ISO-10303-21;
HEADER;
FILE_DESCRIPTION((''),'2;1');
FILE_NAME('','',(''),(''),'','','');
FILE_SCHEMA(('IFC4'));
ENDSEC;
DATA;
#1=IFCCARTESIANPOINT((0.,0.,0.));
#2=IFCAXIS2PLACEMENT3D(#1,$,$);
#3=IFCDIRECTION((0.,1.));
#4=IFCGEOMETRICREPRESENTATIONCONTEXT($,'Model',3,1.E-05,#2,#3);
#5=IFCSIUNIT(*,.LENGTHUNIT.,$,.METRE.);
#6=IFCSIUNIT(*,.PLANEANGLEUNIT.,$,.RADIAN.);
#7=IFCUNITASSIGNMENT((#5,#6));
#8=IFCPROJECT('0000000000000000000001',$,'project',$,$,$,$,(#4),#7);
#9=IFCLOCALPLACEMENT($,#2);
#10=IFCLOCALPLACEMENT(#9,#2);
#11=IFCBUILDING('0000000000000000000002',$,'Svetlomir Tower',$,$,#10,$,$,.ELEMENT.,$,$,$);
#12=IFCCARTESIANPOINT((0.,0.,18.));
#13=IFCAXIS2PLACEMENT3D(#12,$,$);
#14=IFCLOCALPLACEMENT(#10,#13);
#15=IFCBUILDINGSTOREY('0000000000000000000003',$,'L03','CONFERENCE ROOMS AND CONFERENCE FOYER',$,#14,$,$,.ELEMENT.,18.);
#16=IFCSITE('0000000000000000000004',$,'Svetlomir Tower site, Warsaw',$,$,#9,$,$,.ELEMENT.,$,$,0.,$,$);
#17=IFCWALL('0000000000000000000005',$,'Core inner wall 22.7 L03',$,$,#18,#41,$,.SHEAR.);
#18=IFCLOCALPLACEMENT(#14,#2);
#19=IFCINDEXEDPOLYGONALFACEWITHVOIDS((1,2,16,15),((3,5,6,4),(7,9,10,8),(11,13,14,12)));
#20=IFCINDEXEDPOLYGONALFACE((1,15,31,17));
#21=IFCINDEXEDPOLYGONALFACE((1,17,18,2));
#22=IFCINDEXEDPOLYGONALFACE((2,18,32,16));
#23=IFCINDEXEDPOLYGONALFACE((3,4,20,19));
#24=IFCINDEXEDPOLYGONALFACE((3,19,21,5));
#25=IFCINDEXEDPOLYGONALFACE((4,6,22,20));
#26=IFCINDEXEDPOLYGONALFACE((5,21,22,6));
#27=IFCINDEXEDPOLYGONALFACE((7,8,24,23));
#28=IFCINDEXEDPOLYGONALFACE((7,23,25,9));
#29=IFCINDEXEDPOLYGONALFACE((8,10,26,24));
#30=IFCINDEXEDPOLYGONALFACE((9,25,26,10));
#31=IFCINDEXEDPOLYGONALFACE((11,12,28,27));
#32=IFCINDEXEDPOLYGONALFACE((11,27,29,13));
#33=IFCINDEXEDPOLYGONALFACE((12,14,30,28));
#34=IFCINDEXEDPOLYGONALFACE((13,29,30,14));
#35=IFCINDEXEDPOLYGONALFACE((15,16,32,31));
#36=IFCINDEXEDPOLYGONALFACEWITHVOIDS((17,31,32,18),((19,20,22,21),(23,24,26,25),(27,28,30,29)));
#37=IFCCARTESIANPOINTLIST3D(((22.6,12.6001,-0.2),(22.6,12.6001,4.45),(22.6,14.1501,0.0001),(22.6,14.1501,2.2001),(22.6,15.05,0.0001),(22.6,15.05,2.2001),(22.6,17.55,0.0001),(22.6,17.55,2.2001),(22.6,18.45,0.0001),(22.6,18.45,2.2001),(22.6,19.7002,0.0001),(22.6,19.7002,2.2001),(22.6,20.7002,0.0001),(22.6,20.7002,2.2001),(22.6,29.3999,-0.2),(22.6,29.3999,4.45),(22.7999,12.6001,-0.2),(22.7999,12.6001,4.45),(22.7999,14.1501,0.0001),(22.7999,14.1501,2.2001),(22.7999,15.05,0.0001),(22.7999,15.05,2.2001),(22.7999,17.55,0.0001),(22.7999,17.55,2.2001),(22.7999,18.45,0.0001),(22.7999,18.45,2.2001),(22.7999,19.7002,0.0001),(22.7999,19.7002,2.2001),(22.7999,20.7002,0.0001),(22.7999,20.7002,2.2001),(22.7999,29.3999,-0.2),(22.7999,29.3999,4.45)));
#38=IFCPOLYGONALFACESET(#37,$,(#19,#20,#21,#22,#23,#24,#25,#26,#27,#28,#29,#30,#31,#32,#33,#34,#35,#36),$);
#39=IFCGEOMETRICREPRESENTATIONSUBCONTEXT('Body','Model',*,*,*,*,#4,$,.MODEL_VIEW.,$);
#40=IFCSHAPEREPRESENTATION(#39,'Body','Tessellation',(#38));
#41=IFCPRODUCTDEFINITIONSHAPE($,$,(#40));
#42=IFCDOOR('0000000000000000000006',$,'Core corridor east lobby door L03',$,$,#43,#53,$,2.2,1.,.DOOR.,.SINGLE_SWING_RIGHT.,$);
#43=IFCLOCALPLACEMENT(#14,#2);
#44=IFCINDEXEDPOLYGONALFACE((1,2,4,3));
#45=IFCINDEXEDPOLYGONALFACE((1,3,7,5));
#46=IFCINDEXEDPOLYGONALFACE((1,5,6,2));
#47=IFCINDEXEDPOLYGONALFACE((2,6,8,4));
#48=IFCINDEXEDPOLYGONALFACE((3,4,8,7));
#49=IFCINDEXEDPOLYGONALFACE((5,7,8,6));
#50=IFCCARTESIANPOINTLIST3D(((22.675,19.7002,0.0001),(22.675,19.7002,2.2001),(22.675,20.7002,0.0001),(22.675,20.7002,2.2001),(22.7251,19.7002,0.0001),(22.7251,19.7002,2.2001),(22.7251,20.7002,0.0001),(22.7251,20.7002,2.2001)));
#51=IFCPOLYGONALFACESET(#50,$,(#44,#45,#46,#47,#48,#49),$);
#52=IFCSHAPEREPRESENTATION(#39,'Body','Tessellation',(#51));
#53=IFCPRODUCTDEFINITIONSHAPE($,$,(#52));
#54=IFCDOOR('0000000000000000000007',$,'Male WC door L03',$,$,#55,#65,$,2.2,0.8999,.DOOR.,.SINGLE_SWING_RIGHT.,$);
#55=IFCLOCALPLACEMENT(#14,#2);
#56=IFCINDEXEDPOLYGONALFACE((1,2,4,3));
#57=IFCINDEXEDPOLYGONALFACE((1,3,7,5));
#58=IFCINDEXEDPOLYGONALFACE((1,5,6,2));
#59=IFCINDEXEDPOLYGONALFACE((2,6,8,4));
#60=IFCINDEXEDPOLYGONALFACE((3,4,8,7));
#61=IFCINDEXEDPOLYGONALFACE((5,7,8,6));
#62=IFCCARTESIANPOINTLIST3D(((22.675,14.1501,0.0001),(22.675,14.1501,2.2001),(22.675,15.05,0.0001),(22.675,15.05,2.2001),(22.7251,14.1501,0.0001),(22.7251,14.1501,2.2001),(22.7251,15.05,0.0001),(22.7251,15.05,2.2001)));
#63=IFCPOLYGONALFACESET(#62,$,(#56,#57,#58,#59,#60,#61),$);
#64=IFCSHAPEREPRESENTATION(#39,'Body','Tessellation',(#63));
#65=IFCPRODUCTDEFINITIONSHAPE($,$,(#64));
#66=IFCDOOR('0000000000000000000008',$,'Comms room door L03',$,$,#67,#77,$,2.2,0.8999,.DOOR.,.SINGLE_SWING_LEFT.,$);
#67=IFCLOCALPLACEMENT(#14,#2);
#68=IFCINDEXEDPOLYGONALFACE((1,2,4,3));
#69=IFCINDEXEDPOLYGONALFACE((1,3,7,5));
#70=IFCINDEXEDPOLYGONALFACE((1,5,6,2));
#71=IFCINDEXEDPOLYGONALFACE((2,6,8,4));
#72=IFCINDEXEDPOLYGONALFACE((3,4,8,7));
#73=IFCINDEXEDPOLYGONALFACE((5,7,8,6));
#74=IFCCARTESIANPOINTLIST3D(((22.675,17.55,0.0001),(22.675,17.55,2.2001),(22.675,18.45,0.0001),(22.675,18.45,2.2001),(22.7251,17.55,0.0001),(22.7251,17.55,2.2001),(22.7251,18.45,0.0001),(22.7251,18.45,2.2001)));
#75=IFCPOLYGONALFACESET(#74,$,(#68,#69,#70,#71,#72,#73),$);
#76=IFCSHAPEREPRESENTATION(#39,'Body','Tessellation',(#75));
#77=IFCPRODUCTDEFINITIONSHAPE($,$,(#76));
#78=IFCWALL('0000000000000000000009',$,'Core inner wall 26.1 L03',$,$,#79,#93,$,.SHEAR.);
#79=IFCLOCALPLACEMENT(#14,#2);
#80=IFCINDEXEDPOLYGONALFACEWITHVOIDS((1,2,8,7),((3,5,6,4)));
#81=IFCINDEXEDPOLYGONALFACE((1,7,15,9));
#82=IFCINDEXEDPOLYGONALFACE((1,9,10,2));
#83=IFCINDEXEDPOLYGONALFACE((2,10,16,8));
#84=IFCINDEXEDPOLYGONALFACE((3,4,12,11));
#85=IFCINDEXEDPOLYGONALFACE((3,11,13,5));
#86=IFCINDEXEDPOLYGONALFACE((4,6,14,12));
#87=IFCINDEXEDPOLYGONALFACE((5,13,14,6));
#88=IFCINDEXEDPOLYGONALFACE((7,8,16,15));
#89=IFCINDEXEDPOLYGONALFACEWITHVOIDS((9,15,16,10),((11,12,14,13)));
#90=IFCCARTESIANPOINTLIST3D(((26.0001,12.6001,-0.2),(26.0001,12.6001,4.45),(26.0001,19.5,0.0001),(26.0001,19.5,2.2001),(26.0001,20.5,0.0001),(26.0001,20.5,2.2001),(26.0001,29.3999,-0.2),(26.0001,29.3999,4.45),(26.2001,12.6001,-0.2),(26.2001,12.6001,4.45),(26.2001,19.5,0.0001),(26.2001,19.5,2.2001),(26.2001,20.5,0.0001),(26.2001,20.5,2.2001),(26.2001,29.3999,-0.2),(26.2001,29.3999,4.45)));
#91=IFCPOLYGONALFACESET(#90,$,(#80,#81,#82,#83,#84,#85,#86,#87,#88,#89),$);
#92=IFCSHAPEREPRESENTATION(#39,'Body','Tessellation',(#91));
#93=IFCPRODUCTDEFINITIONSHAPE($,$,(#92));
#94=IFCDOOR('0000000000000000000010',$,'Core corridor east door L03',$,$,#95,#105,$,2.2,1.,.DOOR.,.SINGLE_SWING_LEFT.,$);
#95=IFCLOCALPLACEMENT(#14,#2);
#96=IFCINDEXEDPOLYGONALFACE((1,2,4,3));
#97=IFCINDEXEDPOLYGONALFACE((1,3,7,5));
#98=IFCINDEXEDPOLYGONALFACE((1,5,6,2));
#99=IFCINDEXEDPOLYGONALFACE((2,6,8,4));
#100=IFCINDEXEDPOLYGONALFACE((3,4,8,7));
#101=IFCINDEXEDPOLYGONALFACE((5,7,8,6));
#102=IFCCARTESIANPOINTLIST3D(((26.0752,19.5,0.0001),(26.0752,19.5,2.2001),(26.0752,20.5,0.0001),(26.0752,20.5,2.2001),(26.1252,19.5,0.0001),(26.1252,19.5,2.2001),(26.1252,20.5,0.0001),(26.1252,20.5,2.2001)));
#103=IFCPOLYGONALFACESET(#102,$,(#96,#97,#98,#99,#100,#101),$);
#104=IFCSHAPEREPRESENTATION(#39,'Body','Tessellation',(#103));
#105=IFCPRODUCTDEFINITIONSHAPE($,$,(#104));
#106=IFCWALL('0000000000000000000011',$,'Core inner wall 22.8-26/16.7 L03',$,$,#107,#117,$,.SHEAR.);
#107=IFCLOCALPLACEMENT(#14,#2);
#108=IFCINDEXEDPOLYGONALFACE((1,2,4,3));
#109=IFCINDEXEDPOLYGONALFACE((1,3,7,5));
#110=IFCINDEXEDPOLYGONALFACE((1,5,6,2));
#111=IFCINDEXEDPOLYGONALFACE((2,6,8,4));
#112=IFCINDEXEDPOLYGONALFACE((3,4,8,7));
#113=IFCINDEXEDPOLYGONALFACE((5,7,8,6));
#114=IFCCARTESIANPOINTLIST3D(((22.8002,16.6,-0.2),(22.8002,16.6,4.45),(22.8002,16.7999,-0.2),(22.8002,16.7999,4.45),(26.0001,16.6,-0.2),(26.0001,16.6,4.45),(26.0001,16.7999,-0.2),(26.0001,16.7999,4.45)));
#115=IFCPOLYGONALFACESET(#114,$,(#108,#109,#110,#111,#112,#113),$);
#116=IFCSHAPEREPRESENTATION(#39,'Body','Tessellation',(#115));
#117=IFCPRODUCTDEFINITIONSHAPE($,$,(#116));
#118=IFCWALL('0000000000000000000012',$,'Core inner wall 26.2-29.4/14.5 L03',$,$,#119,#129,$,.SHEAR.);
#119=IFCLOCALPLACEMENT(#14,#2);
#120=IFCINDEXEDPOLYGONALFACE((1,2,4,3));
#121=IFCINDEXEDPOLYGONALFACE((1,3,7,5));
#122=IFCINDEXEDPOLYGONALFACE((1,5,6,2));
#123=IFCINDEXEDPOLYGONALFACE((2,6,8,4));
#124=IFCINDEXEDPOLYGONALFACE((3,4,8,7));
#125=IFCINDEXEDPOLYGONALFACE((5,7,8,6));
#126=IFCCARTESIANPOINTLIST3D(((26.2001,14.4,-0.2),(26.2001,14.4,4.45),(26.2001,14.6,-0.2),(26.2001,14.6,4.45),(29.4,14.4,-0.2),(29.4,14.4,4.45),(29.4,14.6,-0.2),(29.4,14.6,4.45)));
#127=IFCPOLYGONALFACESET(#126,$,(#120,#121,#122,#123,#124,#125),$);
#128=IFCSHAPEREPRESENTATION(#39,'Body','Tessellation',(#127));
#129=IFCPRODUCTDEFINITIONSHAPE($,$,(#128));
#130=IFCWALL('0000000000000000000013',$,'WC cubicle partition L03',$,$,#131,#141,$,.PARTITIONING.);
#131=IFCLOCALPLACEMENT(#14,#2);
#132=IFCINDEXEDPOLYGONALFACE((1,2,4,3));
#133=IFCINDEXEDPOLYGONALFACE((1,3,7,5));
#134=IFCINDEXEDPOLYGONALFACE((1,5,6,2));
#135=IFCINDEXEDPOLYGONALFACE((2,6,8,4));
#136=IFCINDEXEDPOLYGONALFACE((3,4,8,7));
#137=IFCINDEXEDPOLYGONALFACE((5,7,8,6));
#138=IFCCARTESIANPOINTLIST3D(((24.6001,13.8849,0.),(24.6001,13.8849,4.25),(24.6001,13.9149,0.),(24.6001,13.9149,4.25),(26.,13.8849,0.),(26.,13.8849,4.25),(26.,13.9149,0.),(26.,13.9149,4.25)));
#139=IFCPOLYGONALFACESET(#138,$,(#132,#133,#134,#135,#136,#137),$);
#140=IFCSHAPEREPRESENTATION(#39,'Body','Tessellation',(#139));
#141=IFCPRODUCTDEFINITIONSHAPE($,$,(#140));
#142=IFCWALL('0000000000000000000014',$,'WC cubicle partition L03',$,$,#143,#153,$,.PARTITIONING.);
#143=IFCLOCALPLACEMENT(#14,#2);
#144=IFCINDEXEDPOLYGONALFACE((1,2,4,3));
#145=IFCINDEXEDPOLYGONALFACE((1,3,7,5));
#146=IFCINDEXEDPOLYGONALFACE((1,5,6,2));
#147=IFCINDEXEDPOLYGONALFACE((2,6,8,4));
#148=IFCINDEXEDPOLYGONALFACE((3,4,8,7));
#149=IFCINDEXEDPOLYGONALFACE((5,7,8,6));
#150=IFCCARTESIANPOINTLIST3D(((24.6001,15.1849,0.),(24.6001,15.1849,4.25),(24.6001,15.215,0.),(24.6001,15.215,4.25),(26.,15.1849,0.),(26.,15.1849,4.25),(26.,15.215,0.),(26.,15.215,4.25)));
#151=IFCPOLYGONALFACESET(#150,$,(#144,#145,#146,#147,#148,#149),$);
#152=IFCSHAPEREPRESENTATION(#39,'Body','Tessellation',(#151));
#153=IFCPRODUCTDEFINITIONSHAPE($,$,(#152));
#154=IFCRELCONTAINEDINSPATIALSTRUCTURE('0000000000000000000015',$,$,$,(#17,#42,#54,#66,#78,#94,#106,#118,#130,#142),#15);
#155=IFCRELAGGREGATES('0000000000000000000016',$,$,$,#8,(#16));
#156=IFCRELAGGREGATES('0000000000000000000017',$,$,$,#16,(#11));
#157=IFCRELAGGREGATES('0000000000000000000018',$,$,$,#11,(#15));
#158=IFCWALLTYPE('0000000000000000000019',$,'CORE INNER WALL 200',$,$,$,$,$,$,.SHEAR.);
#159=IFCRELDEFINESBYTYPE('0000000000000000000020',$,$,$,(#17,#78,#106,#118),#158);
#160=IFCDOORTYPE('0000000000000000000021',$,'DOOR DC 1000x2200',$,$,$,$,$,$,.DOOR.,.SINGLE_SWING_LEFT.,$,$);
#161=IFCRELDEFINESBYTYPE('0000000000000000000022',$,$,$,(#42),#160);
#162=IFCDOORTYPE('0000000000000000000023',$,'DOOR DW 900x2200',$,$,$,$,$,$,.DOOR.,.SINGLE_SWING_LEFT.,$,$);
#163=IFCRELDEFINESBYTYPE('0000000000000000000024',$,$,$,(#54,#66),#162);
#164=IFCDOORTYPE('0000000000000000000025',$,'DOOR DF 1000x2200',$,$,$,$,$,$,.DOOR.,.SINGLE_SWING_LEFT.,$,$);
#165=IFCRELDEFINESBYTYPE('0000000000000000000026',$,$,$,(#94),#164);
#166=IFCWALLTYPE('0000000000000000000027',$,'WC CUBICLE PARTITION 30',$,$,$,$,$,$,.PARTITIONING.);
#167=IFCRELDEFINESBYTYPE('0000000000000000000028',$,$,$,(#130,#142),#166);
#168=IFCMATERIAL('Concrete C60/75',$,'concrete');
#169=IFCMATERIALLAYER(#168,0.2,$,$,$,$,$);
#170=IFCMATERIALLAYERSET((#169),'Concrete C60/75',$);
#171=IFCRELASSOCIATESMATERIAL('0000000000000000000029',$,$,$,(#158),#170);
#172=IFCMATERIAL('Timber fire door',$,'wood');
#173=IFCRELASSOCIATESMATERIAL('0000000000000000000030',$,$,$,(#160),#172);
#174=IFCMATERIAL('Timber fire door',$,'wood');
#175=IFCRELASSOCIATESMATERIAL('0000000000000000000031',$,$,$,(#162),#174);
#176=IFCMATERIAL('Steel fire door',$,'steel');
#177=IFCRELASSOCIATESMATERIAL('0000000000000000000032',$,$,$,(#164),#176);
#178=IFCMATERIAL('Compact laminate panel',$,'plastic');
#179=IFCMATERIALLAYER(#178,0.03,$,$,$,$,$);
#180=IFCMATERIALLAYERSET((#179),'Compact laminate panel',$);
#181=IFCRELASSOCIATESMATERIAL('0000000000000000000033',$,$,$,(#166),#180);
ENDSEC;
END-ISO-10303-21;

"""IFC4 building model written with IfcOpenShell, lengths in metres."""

from ifc_helpers import new_model, si_unit, direction, frame, frame_2d, origin, place, context, subcontext, project, spatial, rectangle, extrude, material, layer, layer_set, type_object, element, fill, save


model = new_model("IFC4")

# Units and contexts
model_context = context("Model", 3, precision=1e-05, world=origin(), true_north=direction((0.0, 1.0)))
body_context = subcontext(model_context, "Body", "Model", "MODEL_VIEW")
ifc_project = project(units=[si_unit("LENGTHUNIT", "METRE"), si_unit("PLANEANGLEUNIT", "RADIAN")], contexts=[model_context])

# Site, building, storey
site_placement = place(None, origin())
site = spatial("IfcSite", under=ifc_project, at=site_placement, Name="Svetlomir Tower site, Warsaw", CompositionType="ELEMENT", RefElevation=0.0)
building_placement = place(site_placement, origin())
building = spatial("IfcBuilding", under=site, at=building_placement, Name="Svetlomir Tower", CompositionType="ELEMENT")
storey_placement = place(building_placement, frame((0.0, 0.0, 18.0)))
storey = spatial("IfcBuildingStorey", under=building, at=storey_placement, Name="L03", Description="CONFERENCE ROOMS AND CONFERENCE FOYER", CompositionType="ELEMENT", Elevation=18.0)

# Wall, openings, doors
ifc_material_1 = material(Name="Concrete C60/75", Category="concrete")
ifc_layer_1 = layer(ifc_material_1, 0.2)
ifc_layer_set_1 = layer_set([ifc_layer_1], Name="Concrete C60/75")
wall_type_1 = type_object("IfcWallType", Name="CORE INNER WALL 200", PredefinedType="SHEAR", material=ifc_layer_set_1)
ifc_material_2 = material(Name="Timber fire door", Category="wood")
door_type_1 = type_object("IfcDoorType", Name="DOOR DC 1000x2200", OperationType="SINGLE_SWING_LEFT", PredefinedType="DOOR", material=ifc_material_2)
ifc_material_3 = material(Name="Timber fire door", Category="wood")
door_type_2 = type_object("IfcDoorType", Name="DOOR DW 900x2200", OperationType="SINGLE_SWING_LEFT", PredefinedType="DOOR", material=ifc_material_3)
wall_1_placement = place(storey_placement, frame((22.7, 12.6001, -0.2), z_axis=(0.0, 0.0, 1.0), x_axis=(0.0, 1.0, 0.0)))
wall_1 = element("IfcWall", 1, at=wall_1_placement, inside=storey, type_object=wall_type_1, Name="Core inner wall 22.7 L03", PredefinedType="SHEAR", context=body_context, shape_type="SweptSolid", body=[
    extrude(rectangle(XDim=16.7998, YDim=0.2, at=frame_2d((8.3999, 0.0))), origin(), (0.0, 0.0, 1.0), 4.6499),
])
opening_1_placement = place(wall_1_placement, frame((7.1001, 0.0, 0.2)))
opening_1 = element("IfcOpeningElement", 2, at=opening_1_placement, cuts=wall_1, PredefinedType="OPENING", context=body_context, shape_type="SweptSolid", body=[
    extrude(rectangle(XDim=1.0, YDim=2.2, at=frame_2d((0.5, 1.1001))), frame((0.0, 0.1099, 0.0), z_axis=(0.0, -1.0, 0.0), x_axis=(1.0, 0.0, 0.0)), (0.0, 0.0, 1.0), 0.22),
])
opening_2_placement = place(wall_1_placement, frame((1.55, 0.0, 0.2)))
opening_2 = element("IfcOpeningElement", 3, at=opening_2_placement, cuts=wall_1, PredefinedType="OPENING", context=body_context, shape_type="SweptSolid", body=[
    extrude(rectangle(XDim=0.8999, YDim=2.2, at=frame_2d((0.45, 1.1001))), frame((0.0, 0.1099, 0.0), z_axis=(0.0, -1.0, 0.0), x_axis=(1.0, 0.0, 0.0)), (0.0, 0.0, 1.0), 0.22),
])
opening_3_placement = place(wall_1_placement, frame((4.95, 0.0, 0.2)))
opening_3 = element("IfcOpeningElement", 4, at=opening_3_placement, cuts=wall_1, PredefinedType="OPENING", context=body_context, shape_type="SweptSolid", body=[
    extrude(rectangle(XDim=0.8999, YDim=2.2, at=frame_2d((0.45, 1.1001))), frame((0.0, 0.1099, 0.0), z_axis=(0.0, -1.0, 0.0), x_axis=(1.0, 0.0, 0.0)), (0.0, 0.0, 1.0), 0.22),
])
door_1_placement = place(opening_1_placement, origin())
door_1 = element("IfcDoor", 5, at=door_1_placement, inside=storey, type_object=door_type_1, Name="Core corridor east lobby door L03", OperationType="SINGLE_SWING_RIGHT", OverallHeight=2.2, OverallWidth=1.0, PredefinedType="DOOR", context=body_context, shape_type="SweptSolid", body=[
    extrude(rectangle(XDim=1.0, YDim=2.2, at=frame_2d((0.5, 1.1001))), frame((0.0, 0.0249, 0.0), z_axis=(0.0, -1.0, 0.0), x_axis=(1.0, 0.0, 0.0)), (0.0, 0.0, 1.0), 0.05),
])
fill(opening_1, door_1)
door_2_placement = place(opening_2_placement, origin())
door_2 = element("IfcDoor", 6, at=door_2_placement, inside=storey, type_object=door_type_2, Name="Male WC door L03", OperationType="SINGLE_SWING_RIGHT", OverallHeight=2.2, OverallWidth=0.8999, PredefinedType="DOOR", context=body_context, shape_type="SweptSolid", body=[
    extrude(rectangle(XDim=0.8999, YDim=2.2, at=frame_2d((0.45, 1.1001))), frame((0.0, 0.0249, 0.0), z_axis=(0.0, -1.0, 0.0), x_axis=(1.0, 0.0, 0.0)), (0.0, 0.0, 1.0), 0.05),
])
fill(opening_2, door_2)
door_3_placement = place(opening_3_placement, origin())
door_3 = element("IfcDoor", 7, at=door_3_placement, inside=storey, type_object=door_type_2, Name="Comms room door L03", OperationType="SINGLE_SWING_LEFT", OverallHeight=2.2, OverallWidth=0.8999, PredefinedType="DOOR", context=body_context, shape_type="SweptSolid", body=[
    extrude(rectangle(XDim=0.8999, YDim=2.2, at=frame_2d((0.45, 1.1001))), frame((0.0, 0.0249, 0.0), z_axis=(0.0, -1.0, 0.0), x_axis=(1.0, 0.0, 0.0)), (0.0, 0.0, 1.0), 0.05),
])
fill(opening_3, door_3)

# Wall, opening, door
wall_2_placement = place(storey_placement, frame((26.1001, 12.6001, -0.2), z_axis=(0.0, 0.0, 1.0), x_axis=(0.0, 1.0, 0.0)))
wall_2 = element("IfcWall", 8, at=wall_2_placement, inside=storey, type_object=wall_type_1, Name="Core inner wall 26.1 L03", PredefinedType="SHEAR", context=body_context, shape_type="SweptSolid", body=[
    extrude(rectangle(XDim=16.7998, YDim=0.2, at=frame_2d((8.3999, 0.0))), origin(), (0.0, 0.0, 1.0), 4.6499),
])
opening_4_placement = place(wall_2_placement, frame((6.8999, 0.0, 0.2)))
opening_4 = element("IfcOpeningElement", 9, at=opening_4_placement, cuts=wall_2, PredefinedType="OPENING", context=body_context, shape_type="SweptSolid", body=[
    extrude(rectangle(XDim=1.0, YDim=2.2, at=frame_2d((0.5, 1.1001))), frame((0.0, 0.1099, 0.0), z_axis=(0.0, -1.0, 0.0), x_axis=(1.0, 0.0, 0.0)), (0.0, 0.0, 1.0), 0.22),
])
ifc_material_4 = material(Name="Steel fire door", Category="steel")
door_type_3 = type_object("IfcDoorType", Name="DOOR DF 1000x2200", OperationType="SINGLE_SWING_LEFT", PredefinedType="DOOR", material=ifc_material_4)
door_4_placement = place(opening_4_placement, origin())
door_4 = element("IfcDoor", 10, at=door_4_placement, inside=storey, type_object=door_type_3, Name="Core corridor east door L03", OperationType="SINGLE_SWING_LEFT", OverallHeight=2.2, OverallWidth=1.0, PredefinedType="DOOR", context=body_context, shape_type="SweptSolid", body=[
    extrude(rectangle(XDim=1.0, YDim=2.2, at=frame_2d((0.5, 1.1001))), frame((0.0, 0.0249, 0.0), z_axis=(0.0, -1.0, 0.0), x_axis=(1.0, 0.0, 0.0)), (0.0, 0.0, 1.0), 0.05),
])
fill(opening_4, door_4)

# Walls
for number, where, z_axis, x_axis, name in (
    (11, (22.8, 16.7, -0.2), (0.0, 0.0, 1.0), (1.0, 0.0, 0.0), "Core inner wall 22.8-26/16.7 L03"),
    (12, (26.2, 14.5, -0.2), (0.0, 0.0, 1.0), (1.0, 0.0, 0.0), "Core inner wall 26.2-29.4/14.5 L03"),
):
    element("IfcWall", number, at=place(storey_placement, frame(where, z_axis=z_axis, x_axis=x_axis)), inside=storey, type_object=wall_type_1, Name=name, PredefinedType="SHEAR", context=body_context, shape_type="SweptSolid", body=[
        extrude(rectangle(XDim=3.2, YDim=0.2, at=frame_2d((1.6001, 0.0))), origin(), (0.0, 0.0, 1.0), 4.6499),
    ])
ifc_material_5 = material(Name="Compact laminate panel", Category="plastic")
ifc_layer_2 = layer(ifc_material_5, 0.03)
ifc_layer_set_2 = layer_set([ifc_layer_2], Name="Compact laminate panel")
wall_type_2 = type_object("IfcWallType", Name="WC CUBICLE PARTITION 30", PredefinedType="PARTITIONING", material=ifc_layer_set_2)
for number, where, z_axis, x_axis, name in (
    (13, (24.6001, 13.8999, 0.0), (0.0, 0.0, 1.0), (1.0, 0.0, 0.0), "WC cubicle partition L03"),
    (14, (24.6001, 15.2, 0.0), (0.0, 0.0, 1.0), (1.0, 0.0, 0.0), "WC cubicle partition L03"),
):
    element("IfcWall", number, at=place(storey_placement, frame(where, z_axis=z_axis, x_axis=x_axis)), inside=storey, type_object=wall_type_2, Name=name, PredefinedType="PARTITIONING", context=body_context, shape_type="SweptSolid", body=[
        extrude(rectangle(XDim=1.3999, YDim=0.03, at=frame_2d((0.7, 0.0))), origin(), (0.0, 0.0, 1.0), 4.25),
    ])

save(model, "model.ifc")
